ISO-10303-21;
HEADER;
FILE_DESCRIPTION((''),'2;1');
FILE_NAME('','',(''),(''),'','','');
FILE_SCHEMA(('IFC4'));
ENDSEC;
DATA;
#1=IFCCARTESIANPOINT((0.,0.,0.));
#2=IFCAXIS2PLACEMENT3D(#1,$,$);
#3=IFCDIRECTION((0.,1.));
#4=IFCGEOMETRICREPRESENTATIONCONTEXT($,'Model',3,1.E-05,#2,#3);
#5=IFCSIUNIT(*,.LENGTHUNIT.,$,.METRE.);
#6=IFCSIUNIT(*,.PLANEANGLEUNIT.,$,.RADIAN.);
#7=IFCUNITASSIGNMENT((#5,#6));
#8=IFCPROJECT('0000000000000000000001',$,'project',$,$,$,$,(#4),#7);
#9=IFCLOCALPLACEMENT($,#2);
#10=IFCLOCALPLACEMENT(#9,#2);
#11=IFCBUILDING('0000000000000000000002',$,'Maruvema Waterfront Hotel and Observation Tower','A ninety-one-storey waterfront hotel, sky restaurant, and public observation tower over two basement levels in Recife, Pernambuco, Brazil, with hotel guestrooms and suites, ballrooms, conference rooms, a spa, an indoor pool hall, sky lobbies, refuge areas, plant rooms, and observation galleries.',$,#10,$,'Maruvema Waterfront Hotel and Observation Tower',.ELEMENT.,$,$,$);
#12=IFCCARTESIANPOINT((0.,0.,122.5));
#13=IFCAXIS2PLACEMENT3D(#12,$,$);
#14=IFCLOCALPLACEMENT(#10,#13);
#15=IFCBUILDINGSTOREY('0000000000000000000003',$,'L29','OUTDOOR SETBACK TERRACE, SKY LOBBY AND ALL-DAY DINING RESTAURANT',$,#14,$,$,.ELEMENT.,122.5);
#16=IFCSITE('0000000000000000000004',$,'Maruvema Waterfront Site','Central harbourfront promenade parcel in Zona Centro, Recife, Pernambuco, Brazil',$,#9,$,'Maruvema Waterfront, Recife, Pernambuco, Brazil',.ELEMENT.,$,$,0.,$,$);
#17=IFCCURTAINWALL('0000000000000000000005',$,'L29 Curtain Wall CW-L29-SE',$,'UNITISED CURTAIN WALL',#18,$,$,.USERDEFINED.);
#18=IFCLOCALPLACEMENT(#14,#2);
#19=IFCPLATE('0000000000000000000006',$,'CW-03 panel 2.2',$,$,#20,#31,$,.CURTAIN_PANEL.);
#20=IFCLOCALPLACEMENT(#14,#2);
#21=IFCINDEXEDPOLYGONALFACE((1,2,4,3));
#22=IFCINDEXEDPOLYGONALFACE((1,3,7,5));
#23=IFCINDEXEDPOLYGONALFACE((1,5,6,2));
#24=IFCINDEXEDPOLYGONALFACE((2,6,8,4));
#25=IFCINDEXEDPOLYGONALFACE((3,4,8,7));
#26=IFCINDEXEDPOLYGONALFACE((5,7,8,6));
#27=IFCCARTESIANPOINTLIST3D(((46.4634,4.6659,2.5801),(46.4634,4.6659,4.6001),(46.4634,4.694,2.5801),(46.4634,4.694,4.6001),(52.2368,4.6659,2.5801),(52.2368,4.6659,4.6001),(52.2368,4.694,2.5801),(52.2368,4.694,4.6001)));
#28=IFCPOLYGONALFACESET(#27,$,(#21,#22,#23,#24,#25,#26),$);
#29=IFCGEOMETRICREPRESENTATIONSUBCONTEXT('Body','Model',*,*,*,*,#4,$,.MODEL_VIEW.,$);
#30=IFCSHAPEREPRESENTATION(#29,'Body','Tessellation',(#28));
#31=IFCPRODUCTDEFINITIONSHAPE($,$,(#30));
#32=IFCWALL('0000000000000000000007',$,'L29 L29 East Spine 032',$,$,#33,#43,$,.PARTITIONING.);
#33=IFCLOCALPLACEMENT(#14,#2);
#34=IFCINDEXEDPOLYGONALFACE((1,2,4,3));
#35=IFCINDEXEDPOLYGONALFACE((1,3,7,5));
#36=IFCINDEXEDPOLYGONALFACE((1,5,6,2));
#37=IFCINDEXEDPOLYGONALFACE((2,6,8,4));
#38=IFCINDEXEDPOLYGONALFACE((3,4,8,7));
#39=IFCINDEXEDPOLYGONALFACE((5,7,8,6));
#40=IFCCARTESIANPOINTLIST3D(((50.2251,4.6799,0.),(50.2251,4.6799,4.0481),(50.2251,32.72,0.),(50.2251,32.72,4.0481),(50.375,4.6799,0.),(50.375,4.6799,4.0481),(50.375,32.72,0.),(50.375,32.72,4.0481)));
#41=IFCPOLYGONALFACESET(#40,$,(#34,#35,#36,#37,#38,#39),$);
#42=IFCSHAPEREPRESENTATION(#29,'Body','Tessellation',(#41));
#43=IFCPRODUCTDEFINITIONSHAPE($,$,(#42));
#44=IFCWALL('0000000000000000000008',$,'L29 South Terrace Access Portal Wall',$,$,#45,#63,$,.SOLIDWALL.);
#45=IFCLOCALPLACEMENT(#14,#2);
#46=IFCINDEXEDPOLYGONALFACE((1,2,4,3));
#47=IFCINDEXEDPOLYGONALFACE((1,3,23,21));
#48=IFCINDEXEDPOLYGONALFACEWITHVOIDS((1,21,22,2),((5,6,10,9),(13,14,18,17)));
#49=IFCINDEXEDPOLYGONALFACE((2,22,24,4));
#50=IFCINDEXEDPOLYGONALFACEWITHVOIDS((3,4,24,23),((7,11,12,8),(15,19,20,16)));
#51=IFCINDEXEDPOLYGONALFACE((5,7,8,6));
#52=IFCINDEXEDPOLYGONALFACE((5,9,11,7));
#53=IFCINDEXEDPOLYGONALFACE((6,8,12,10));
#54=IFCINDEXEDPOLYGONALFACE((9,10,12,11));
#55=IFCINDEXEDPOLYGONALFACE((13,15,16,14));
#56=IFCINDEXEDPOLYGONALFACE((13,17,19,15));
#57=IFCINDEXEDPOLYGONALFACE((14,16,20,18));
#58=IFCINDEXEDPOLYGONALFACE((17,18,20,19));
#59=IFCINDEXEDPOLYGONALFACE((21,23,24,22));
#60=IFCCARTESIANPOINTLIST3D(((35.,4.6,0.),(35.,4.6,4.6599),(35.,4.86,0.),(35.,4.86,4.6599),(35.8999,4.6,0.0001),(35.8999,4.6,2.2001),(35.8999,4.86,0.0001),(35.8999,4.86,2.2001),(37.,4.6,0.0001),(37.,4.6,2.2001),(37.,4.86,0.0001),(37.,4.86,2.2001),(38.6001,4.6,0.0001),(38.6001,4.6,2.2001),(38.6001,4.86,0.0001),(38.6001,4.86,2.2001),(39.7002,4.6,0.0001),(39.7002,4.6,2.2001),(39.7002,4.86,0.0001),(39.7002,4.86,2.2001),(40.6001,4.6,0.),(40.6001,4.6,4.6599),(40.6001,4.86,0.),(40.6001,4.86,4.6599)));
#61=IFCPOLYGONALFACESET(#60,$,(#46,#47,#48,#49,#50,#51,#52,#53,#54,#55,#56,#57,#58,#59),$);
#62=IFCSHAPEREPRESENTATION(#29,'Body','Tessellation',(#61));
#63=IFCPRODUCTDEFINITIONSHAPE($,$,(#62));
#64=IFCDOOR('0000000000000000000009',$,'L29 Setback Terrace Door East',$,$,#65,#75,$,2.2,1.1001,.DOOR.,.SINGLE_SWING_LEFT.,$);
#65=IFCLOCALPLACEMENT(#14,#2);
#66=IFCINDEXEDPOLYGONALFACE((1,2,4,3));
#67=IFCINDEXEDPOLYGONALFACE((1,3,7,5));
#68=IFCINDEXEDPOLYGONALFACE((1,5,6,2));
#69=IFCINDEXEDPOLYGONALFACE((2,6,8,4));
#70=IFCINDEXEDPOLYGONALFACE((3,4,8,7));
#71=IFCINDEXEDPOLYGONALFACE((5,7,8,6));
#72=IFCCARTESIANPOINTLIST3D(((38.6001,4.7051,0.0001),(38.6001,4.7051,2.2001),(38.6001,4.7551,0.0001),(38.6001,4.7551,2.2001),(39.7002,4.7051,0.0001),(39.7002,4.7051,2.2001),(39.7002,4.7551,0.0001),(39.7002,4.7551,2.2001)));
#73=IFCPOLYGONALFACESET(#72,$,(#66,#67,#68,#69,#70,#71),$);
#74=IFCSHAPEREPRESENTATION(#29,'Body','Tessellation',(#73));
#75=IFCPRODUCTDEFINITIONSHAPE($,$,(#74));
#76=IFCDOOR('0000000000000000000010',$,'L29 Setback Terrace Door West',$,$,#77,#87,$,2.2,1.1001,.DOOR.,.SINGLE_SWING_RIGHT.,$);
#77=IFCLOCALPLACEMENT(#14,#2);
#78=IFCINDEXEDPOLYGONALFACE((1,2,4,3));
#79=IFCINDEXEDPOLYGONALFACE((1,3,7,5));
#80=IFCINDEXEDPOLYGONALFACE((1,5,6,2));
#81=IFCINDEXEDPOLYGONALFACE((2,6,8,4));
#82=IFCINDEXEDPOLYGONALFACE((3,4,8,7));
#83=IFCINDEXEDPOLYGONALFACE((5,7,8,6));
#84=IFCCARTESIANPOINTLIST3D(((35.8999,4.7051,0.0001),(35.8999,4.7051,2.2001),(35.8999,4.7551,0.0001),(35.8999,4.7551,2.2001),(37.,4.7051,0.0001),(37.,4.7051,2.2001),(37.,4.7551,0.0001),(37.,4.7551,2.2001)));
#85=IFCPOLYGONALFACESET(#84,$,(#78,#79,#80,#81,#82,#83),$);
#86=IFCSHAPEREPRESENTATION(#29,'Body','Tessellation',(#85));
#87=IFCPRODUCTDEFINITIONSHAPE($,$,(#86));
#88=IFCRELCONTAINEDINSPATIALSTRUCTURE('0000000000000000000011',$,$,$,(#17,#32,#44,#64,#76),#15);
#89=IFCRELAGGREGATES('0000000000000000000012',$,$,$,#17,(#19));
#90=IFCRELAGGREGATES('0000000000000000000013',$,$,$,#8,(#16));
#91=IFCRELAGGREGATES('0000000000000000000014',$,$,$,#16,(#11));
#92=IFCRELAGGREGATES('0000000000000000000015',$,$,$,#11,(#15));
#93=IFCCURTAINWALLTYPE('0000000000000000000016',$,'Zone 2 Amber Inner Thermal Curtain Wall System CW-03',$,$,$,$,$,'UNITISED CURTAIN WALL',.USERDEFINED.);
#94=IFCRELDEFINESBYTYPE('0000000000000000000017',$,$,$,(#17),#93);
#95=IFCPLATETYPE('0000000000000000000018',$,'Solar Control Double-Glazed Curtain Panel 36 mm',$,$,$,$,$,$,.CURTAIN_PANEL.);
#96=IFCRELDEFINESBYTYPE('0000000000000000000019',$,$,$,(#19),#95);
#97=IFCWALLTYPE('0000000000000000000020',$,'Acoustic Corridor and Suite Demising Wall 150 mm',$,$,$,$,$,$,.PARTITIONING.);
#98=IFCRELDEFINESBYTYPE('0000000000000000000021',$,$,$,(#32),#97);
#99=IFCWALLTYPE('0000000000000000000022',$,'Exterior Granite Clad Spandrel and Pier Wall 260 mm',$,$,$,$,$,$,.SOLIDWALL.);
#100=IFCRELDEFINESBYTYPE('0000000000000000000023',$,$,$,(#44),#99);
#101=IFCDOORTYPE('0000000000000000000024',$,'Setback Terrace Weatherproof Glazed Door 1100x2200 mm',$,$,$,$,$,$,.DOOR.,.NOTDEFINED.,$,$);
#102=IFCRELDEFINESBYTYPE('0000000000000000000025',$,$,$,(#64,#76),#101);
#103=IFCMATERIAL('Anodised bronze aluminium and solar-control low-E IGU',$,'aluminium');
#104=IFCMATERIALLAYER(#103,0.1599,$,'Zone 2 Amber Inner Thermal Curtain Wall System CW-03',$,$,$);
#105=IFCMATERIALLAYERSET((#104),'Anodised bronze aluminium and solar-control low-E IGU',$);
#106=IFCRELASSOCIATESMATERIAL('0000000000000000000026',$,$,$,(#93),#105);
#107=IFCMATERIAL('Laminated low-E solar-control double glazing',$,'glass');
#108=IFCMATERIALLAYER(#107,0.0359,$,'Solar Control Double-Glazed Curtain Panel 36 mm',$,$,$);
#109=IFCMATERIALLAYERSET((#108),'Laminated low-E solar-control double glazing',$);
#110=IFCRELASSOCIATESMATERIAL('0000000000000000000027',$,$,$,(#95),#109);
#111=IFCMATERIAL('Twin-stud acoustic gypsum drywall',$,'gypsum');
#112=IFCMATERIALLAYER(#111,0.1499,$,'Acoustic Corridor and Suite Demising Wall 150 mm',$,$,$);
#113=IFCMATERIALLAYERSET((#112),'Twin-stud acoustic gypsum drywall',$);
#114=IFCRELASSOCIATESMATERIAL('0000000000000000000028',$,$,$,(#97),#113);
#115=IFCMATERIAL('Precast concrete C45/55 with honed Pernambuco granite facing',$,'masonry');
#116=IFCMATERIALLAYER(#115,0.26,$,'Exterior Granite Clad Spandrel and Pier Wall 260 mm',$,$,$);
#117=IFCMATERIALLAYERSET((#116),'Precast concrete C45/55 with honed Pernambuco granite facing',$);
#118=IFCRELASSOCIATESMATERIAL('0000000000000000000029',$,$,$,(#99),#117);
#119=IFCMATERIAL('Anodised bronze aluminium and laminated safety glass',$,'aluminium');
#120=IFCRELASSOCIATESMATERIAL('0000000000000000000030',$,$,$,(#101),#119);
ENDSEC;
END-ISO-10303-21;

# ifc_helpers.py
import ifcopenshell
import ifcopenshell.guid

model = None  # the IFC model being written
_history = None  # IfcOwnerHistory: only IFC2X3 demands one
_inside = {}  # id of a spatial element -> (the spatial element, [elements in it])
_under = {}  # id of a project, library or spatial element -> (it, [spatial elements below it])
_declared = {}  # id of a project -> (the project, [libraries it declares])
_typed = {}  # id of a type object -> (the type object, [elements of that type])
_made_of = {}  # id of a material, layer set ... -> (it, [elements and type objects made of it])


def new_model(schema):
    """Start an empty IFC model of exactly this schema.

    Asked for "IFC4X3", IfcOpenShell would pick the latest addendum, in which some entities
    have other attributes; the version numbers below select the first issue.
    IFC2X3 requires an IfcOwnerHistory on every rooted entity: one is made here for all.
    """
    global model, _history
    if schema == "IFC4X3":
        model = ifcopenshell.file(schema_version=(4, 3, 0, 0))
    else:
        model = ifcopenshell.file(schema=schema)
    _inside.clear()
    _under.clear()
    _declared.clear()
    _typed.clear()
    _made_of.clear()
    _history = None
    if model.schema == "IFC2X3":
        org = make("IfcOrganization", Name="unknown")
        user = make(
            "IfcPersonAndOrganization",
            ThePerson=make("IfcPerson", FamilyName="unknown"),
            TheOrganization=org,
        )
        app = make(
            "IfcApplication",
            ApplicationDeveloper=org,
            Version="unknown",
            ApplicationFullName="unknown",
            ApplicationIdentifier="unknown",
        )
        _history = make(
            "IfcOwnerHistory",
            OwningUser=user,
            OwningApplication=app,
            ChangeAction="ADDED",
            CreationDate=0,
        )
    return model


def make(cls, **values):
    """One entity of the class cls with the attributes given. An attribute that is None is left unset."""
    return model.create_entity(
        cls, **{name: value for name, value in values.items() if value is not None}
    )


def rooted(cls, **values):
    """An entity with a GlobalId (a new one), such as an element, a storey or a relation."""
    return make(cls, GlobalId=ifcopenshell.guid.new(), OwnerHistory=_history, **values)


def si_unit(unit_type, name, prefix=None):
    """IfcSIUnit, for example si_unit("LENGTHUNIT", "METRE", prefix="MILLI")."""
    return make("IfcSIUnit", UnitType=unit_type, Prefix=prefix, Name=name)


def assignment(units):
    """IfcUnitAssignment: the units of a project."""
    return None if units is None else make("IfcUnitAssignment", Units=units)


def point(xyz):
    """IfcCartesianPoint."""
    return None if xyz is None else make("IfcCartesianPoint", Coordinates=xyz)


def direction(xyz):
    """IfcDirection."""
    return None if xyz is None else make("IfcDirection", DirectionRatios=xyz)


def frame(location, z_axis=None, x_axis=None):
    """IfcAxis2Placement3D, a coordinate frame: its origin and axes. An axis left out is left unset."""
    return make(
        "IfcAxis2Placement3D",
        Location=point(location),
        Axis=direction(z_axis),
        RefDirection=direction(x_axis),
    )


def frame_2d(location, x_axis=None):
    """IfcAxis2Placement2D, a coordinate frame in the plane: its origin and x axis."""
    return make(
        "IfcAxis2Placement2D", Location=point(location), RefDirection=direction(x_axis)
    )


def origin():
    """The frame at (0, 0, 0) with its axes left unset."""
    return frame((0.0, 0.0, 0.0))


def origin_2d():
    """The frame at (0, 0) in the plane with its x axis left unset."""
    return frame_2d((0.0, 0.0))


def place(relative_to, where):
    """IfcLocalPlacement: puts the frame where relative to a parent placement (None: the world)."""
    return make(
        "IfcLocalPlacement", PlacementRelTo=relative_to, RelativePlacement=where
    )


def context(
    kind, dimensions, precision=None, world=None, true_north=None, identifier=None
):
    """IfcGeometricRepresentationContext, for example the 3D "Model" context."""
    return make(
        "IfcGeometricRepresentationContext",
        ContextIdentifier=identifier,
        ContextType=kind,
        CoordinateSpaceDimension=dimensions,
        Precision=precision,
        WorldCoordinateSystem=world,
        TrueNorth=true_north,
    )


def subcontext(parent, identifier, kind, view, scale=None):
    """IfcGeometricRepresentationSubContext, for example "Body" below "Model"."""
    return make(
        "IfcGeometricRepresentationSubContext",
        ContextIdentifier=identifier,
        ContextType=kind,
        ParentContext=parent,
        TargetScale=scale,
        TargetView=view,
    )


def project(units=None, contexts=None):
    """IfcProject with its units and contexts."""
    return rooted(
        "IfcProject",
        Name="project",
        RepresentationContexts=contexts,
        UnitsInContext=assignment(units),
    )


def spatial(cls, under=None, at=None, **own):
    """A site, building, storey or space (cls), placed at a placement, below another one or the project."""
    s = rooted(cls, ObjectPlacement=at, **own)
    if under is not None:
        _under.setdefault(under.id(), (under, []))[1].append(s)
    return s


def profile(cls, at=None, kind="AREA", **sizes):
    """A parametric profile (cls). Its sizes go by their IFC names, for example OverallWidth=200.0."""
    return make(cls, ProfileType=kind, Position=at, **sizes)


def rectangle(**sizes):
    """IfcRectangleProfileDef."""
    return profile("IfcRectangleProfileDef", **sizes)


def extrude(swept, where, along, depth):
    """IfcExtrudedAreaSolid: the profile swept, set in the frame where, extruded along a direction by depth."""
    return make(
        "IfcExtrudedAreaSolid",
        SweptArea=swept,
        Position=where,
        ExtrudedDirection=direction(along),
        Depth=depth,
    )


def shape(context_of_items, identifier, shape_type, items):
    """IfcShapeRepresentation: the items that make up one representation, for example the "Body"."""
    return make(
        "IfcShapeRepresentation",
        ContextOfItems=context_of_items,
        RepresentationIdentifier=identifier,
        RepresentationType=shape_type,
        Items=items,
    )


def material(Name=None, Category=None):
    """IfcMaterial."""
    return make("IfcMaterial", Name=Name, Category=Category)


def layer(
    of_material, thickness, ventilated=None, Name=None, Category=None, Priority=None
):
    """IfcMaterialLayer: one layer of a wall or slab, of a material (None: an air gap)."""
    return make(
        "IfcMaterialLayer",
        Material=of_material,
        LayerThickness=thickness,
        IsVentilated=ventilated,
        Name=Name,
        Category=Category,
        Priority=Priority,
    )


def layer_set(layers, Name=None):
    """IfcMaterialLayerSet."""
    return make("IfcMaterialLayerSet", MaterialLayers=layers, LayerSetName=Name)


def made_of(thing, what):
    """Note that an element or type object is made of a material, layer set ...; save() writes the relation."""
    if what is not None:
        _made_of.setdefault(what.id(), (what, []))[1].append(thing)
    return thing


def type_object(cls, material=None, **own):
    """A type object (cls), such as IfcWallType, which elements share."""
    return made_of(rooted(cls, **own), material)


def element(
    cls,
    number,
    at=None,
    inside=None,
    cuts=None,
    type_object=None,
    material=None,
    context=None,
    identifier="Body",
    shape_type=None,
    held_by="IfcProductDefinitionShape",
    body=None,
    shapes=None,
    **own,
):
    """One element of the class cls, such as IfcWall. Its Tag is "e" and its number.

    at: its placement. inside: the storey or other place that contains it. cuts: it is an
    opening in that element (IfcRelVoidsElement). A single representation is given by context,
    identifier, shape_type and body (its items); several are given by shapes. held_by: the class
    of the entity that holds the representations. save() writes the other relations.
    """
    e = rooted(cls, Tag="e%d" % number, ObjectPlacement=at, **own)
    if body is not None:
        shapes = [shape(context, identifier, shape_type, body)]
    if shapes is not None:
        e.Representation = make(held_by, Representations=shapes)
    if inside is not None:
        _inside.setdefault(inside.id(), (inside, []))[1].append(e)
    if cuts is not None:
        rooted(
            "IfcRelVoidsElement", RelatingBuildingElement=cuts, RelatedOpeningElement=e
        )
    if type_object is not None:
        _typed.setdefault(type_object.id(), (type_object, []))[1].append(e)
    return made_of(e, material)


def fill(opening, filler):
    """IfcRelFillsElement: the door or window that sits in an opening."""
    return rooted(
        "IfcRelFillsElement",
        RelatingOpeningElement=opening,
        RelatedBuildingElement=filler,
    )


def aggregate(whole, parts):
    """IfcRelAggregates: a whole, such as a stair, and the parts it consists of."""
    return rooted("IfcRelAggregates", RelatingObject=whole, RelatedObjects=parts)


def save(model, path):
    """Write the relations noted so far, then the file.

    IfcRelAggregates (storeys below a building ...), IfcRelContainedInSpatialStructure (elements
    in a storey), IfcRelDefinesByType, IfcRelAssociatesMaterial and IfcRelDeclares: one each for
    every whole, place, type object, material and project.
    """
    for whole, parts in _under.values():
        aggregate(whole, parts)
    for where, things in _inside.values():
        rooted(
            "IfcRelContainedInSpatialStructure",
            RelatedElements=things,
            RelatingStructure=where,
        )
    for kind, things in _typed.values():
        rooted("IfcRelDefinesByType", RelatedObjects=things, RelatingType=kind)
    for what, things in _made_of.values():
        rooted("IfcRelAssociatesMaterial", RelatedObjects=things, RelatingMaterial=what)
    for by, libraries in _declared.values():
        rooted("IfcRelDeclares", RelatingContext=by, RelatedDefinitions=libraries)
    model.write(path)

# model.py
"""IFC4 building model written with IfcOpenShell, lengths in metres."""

from ifc_helpers import new_model, si_unit, direction, frame, frame_2d, origin, origin_2d, place, context, subcontext, project, spatial, rectangle, extrude, material, layer, layer_set, type_object, element, fill, aggregate, save


model = new_model("IFC4")

# Units and contexts
model_context = context("Model", 3, precision=1e-05, world=origin(), true_north=direction((0.0, 1.0)))
body_context = subcontext(model_context, "Body", "Model", "MODEL_VIEW")
ifc_project = project(units=[si_unit("LENGTHUNIT", "METRE"), si_unit("PLANEANGLEUNIT", "RADIAN")], contexts=[model_context])

# Site, building, storey
site_placement = place(None, origin())
site = spatial("IfcSite", under=ifc_project, at=site_placement, Name="Maruvema Waterfront Site", Description="Central harbourfront promenade parcel in Zona Centro, Recife, Pernambuco, Brazil", LongName="Maruvema Waterfront, Recife, Pernambuco, Brazil", CompositionType="ELEMENT", RefElevation=0.0)
building_placement = place(site_placement, origin())
building = spatial("IfcBuilding", under=site, at=building_placement, Name="Maruvema Waterfront Hotel and Observation Tower", Description="A ninety-one-storey waterfront hotel, sky restaurant, and public observation tower over two basement levels in Recife, Pernambuco, Brazil, with hotel guestrooms and suites, ballrooms, conference rooms, a spa, an indoor pool hall, sky lobbies, refuge areas, plant rooms, and observation galleries.", LongName="Maruvema Waterfront Hotel and Observation Tower", CompositionType="ELEMENT")
storey_placement = place(building_placement, frame((0.0, 0.0, 122.5)))
storey = spatial("IfcBuildingStorey", under=building, at=storey_placement, Name="L29", Description="OUTDOOR SETBACK TERRACE, SKY LOBBY AND ALL-DAY DINING RESTAURANT", CompositionType="ELEMENT", Elevation=122.5)

# Curtain wall
ifc_material_1 = material(Name="Anodised bronze aluminium and solar-control low-E IGU", Category="aluminium")
ifc_layer_1 = layer(ifc_material_1, 0.1599, Name="Zone 2 Amber Inner Thermal Curtain Wall System CW-03")
ifc_layer_set_1 = layer_set([ifc_layer_1], Name="Anodised bronze aluminium and solar-control low-E IGU")
curtain_wall_type = type_object("IfcCurtainWallType", Name="Zone 2 Amber Inner Thermal Curtain Wall System CW-03", ElementType="UNITISED CURTAIN WALL", PredefinedType="USERDEFINED", material=ifc_layer_set_1)
curtain_wall_placement = place(storey_placement, origin())
curtain_wall = element("IfcCurtainWall", 1, at=curtain_wall_placement, inside=storey, type_object=curtain_wall_type, Name="L29 Curtain Wall CW-L29-SE", ObjectType="UNITISED CURTAIN WALL", PredefinedType="USERDEFINED")

# Plate
ifc_material_2 = material(Name="Laminated low-E solar-control double glazing", Category="glass")
ifc_layer_2 = layer(ifc_material_2, 0.0359, Name="Solar Control Double-Glazed Curtain Panel 36 mm")
ifc_layer_set_2 = layer_set([ifc_layer_2], Name="Laminated low-E solar-control double glazing")
plate_type = type_object("IfcPlateType", Name="Solar Control Double-Glazed Curtain Panel 36 mm", PredefinedType="CURTAIN_PANEL", material=ifc_layer_set_2)
plate_1_placement = place(storey_placement, frame((49.3501, 4.6799, 2.5801), z_axis=(0.0, 0.0, 1.0), x_axis=(1.0, 0.0, 0.0)))
plate_1 = element("IfcPlate", 2, at=plate_1_placement, type_object=plate_type, Name="CW-03 panel 2.2", PredefinedType="CURTAIN_PANEL", context=body_context, shape_type="SweptSolid", body=[
    extrude(rectangle(XDim=5.7734, YDim=0.0281, at=origin_2d()), origin(), (0.0, 0.0, 1.0), 2.02),
])
aggregate(curtain_wall, [plate_1])

# Wall
ifc_material_3 = material(Name="Twin-stud acoustic gypsum drywall", Category="gypsum")
ifc_layer_3 = layer(ifc_material_3, 0.1499, Name="Acoustic Corridor and Suite Demising Wall 150 mm")
ifc_layer_set_3 = layer_set([ifc_layer_3], Name="Twin-stud acoustic gypsum drywall")
wall_type_1 = type_object("IfcWallType", Name="Acoustic Corridor and Suite Demising Wall 150 mm", PredefinedType="PARTITIONING", material=ifc_layer_set_3)
wall_1_placement = place(storey_placement, frame((50.3, 4.6799, 0.0), z_axis=(0.0, 0.0, 1.0), x_axis=(0.0, 1.0, 0.0)))
element("IfcWall", 3, at=wall_1_placement, inside=storey, type_object=wall_type_1, Name="L29 L29 East Spine 032", PredefinedType="PARTITIONING", context=body_context, shape_type="SweptSolid", body=[
    extrude(rectangle(XDim=28.04, YDim=0.1499, at=frame_2d((14.02, 0.0))), origin(), (0.0, 0.0, 1.0), 4.0481),
])

# Wall, openings, doors
ifc_material_4 = material(Name="Precast concrete C45/55 with honed Pernambuco granite facing", Category="masonry")
ifc_layer_4 = layer(ifc_material_4, 0.26, Name="Exterior Granite Clad Spandrel and Pier Wall 260 mm")
ifc_layer_set_4 = layer_set([ifc_layer_4], Name="Precast concrete C45/55 with honed Pernambuco granite facing")
wall_type_2 = type_object("IfcWallType", Name="Exterior Granite Clad Spandrel and Pier Wall 260 mm", PredefinedType="SOLIDWALL", material=ifc_layer_set_4)
wall_2_placement = place(storey_placement, frame((40.6001, 4.73, 0.0), z_axis=(0.0, 0.0, 1.0), x_axis=(-1.0, 0.0, 0.0)))
wall_2 = element("IfcWall", 4, at=wall_2_placement, inside=storey, type_object=wall_type_2, Name="L29 South Terrace Access Portal Wall", PredefinedType="SOLIDWALL", context=body_context, shape_type="SweptSolid", body=[
    extrude(rectangle(XDim=5.6001, YDim=0.26, at=frame_2d((2.8, 0.0))), origin(), (0.0, 0.0, 1.0), 4.6599),
])
opening_1_placement = place(wall_2_placement, frame((0.8999, 0.0, 0.0)))
opening_1 = element("IfcOpeningElement", 5, at=opening_1_placement, cuts=wall_2, PredefinedType="OPENING", context=body_context, shape_type="SweptSolid", body=[
    extrude(rectangle(XDim=1.1001, YDim=2.2, at=frame_2d((0.55, 1.1001))), frame((0.0, 0.1401, 0.0), z_axis=(0.0, -1.0, 0.0), x_axis=(1.0, 0.0, 0.0)), (0.0, 0.0, 1.0), 0.28),
])
opening_2_placement = place(wall_2_placement, frame((3.6001, 0.0, 0.0)))
opening_2 = element("IfcOpeningElement", 6, at=opening_2_placement, cuts=wall_2, PredefinedType="OPENING", context=body_context, shape_type="SweptSolid", body=[
    extrude(rectangle(XDim=1.1001, YDim=2.2, at=frame_2d((0.55, 1.1001))), frame((0.0, 0.1401, 0.0), z_axis=(0.0, -1.0, 0.0), x_axis=(1.0, 0.0, 0.0)), (0.0, 0.0, 1.0), 0.28),
])
ifc_material_5 = material(Name="Anodised bronze aluminium and laminated safety glass", Category="aluminium")
door_type = type_object("IfcDoorType", Name="Setback Terrace Weatherproof Glazed Door 1100x2200 mm", OperationType="NOTDEFINED", PredefinedType="DOOR", material=ifc_material_5)
door_1_placement = place(opening_1_placement, origin())
door_1 = element("IfcDoor", 7, at=door_1_placement, inside=storey, type_object=door_type, Name="L29 Setback Terrace Door East", OperationType="SINGLE_SWING_LEFT", OverallHeight=2.2, OverallWidth=1.1001, PredefinedType="DOOR", context=body_context, shape_type="SweptSolid", body=[
    extrude(rectangle(XDim=1.1001, YDim=2.2, at=frame_2d((0.55, 1.1001))), frame((0.0, 0.0249, 0.0), z_axis=(0.0, -1.0, 0.0), x_axis=(1.0, 0.0, 0.0)), (0.0, 0.0, 1.0), 0.05),
])
fill(opening_1, door_1)
door_2_placement = place(opening_2_placement, origin())
door_2 = element("IfcDoor", 8, at=door_2_placement, inside=storey, type_object=door_type, Name="L29 Setback Terrace Door West", OperationType="SINGLE_SWING_RIGHT", OverallHeight=2.2, OverallWidth=1.1001, PredefinedType="DOOR", context=body_context, shape_type="SweptSolid", body=[
    extrude(rectangle(XDim=1.1001, YDim=2.2, at=frame_2d((0.55, 1.1001))), frame((0.0, 0.0249, 0.0), z_axis=(0.0, -1.0, 0.0), x_axis=(1.0, 0.0, 0.0)), (0.0, 0.0, 1.0), 0.05),
])
fill(opening_2, door_2)

save(model, "model.ifc")
